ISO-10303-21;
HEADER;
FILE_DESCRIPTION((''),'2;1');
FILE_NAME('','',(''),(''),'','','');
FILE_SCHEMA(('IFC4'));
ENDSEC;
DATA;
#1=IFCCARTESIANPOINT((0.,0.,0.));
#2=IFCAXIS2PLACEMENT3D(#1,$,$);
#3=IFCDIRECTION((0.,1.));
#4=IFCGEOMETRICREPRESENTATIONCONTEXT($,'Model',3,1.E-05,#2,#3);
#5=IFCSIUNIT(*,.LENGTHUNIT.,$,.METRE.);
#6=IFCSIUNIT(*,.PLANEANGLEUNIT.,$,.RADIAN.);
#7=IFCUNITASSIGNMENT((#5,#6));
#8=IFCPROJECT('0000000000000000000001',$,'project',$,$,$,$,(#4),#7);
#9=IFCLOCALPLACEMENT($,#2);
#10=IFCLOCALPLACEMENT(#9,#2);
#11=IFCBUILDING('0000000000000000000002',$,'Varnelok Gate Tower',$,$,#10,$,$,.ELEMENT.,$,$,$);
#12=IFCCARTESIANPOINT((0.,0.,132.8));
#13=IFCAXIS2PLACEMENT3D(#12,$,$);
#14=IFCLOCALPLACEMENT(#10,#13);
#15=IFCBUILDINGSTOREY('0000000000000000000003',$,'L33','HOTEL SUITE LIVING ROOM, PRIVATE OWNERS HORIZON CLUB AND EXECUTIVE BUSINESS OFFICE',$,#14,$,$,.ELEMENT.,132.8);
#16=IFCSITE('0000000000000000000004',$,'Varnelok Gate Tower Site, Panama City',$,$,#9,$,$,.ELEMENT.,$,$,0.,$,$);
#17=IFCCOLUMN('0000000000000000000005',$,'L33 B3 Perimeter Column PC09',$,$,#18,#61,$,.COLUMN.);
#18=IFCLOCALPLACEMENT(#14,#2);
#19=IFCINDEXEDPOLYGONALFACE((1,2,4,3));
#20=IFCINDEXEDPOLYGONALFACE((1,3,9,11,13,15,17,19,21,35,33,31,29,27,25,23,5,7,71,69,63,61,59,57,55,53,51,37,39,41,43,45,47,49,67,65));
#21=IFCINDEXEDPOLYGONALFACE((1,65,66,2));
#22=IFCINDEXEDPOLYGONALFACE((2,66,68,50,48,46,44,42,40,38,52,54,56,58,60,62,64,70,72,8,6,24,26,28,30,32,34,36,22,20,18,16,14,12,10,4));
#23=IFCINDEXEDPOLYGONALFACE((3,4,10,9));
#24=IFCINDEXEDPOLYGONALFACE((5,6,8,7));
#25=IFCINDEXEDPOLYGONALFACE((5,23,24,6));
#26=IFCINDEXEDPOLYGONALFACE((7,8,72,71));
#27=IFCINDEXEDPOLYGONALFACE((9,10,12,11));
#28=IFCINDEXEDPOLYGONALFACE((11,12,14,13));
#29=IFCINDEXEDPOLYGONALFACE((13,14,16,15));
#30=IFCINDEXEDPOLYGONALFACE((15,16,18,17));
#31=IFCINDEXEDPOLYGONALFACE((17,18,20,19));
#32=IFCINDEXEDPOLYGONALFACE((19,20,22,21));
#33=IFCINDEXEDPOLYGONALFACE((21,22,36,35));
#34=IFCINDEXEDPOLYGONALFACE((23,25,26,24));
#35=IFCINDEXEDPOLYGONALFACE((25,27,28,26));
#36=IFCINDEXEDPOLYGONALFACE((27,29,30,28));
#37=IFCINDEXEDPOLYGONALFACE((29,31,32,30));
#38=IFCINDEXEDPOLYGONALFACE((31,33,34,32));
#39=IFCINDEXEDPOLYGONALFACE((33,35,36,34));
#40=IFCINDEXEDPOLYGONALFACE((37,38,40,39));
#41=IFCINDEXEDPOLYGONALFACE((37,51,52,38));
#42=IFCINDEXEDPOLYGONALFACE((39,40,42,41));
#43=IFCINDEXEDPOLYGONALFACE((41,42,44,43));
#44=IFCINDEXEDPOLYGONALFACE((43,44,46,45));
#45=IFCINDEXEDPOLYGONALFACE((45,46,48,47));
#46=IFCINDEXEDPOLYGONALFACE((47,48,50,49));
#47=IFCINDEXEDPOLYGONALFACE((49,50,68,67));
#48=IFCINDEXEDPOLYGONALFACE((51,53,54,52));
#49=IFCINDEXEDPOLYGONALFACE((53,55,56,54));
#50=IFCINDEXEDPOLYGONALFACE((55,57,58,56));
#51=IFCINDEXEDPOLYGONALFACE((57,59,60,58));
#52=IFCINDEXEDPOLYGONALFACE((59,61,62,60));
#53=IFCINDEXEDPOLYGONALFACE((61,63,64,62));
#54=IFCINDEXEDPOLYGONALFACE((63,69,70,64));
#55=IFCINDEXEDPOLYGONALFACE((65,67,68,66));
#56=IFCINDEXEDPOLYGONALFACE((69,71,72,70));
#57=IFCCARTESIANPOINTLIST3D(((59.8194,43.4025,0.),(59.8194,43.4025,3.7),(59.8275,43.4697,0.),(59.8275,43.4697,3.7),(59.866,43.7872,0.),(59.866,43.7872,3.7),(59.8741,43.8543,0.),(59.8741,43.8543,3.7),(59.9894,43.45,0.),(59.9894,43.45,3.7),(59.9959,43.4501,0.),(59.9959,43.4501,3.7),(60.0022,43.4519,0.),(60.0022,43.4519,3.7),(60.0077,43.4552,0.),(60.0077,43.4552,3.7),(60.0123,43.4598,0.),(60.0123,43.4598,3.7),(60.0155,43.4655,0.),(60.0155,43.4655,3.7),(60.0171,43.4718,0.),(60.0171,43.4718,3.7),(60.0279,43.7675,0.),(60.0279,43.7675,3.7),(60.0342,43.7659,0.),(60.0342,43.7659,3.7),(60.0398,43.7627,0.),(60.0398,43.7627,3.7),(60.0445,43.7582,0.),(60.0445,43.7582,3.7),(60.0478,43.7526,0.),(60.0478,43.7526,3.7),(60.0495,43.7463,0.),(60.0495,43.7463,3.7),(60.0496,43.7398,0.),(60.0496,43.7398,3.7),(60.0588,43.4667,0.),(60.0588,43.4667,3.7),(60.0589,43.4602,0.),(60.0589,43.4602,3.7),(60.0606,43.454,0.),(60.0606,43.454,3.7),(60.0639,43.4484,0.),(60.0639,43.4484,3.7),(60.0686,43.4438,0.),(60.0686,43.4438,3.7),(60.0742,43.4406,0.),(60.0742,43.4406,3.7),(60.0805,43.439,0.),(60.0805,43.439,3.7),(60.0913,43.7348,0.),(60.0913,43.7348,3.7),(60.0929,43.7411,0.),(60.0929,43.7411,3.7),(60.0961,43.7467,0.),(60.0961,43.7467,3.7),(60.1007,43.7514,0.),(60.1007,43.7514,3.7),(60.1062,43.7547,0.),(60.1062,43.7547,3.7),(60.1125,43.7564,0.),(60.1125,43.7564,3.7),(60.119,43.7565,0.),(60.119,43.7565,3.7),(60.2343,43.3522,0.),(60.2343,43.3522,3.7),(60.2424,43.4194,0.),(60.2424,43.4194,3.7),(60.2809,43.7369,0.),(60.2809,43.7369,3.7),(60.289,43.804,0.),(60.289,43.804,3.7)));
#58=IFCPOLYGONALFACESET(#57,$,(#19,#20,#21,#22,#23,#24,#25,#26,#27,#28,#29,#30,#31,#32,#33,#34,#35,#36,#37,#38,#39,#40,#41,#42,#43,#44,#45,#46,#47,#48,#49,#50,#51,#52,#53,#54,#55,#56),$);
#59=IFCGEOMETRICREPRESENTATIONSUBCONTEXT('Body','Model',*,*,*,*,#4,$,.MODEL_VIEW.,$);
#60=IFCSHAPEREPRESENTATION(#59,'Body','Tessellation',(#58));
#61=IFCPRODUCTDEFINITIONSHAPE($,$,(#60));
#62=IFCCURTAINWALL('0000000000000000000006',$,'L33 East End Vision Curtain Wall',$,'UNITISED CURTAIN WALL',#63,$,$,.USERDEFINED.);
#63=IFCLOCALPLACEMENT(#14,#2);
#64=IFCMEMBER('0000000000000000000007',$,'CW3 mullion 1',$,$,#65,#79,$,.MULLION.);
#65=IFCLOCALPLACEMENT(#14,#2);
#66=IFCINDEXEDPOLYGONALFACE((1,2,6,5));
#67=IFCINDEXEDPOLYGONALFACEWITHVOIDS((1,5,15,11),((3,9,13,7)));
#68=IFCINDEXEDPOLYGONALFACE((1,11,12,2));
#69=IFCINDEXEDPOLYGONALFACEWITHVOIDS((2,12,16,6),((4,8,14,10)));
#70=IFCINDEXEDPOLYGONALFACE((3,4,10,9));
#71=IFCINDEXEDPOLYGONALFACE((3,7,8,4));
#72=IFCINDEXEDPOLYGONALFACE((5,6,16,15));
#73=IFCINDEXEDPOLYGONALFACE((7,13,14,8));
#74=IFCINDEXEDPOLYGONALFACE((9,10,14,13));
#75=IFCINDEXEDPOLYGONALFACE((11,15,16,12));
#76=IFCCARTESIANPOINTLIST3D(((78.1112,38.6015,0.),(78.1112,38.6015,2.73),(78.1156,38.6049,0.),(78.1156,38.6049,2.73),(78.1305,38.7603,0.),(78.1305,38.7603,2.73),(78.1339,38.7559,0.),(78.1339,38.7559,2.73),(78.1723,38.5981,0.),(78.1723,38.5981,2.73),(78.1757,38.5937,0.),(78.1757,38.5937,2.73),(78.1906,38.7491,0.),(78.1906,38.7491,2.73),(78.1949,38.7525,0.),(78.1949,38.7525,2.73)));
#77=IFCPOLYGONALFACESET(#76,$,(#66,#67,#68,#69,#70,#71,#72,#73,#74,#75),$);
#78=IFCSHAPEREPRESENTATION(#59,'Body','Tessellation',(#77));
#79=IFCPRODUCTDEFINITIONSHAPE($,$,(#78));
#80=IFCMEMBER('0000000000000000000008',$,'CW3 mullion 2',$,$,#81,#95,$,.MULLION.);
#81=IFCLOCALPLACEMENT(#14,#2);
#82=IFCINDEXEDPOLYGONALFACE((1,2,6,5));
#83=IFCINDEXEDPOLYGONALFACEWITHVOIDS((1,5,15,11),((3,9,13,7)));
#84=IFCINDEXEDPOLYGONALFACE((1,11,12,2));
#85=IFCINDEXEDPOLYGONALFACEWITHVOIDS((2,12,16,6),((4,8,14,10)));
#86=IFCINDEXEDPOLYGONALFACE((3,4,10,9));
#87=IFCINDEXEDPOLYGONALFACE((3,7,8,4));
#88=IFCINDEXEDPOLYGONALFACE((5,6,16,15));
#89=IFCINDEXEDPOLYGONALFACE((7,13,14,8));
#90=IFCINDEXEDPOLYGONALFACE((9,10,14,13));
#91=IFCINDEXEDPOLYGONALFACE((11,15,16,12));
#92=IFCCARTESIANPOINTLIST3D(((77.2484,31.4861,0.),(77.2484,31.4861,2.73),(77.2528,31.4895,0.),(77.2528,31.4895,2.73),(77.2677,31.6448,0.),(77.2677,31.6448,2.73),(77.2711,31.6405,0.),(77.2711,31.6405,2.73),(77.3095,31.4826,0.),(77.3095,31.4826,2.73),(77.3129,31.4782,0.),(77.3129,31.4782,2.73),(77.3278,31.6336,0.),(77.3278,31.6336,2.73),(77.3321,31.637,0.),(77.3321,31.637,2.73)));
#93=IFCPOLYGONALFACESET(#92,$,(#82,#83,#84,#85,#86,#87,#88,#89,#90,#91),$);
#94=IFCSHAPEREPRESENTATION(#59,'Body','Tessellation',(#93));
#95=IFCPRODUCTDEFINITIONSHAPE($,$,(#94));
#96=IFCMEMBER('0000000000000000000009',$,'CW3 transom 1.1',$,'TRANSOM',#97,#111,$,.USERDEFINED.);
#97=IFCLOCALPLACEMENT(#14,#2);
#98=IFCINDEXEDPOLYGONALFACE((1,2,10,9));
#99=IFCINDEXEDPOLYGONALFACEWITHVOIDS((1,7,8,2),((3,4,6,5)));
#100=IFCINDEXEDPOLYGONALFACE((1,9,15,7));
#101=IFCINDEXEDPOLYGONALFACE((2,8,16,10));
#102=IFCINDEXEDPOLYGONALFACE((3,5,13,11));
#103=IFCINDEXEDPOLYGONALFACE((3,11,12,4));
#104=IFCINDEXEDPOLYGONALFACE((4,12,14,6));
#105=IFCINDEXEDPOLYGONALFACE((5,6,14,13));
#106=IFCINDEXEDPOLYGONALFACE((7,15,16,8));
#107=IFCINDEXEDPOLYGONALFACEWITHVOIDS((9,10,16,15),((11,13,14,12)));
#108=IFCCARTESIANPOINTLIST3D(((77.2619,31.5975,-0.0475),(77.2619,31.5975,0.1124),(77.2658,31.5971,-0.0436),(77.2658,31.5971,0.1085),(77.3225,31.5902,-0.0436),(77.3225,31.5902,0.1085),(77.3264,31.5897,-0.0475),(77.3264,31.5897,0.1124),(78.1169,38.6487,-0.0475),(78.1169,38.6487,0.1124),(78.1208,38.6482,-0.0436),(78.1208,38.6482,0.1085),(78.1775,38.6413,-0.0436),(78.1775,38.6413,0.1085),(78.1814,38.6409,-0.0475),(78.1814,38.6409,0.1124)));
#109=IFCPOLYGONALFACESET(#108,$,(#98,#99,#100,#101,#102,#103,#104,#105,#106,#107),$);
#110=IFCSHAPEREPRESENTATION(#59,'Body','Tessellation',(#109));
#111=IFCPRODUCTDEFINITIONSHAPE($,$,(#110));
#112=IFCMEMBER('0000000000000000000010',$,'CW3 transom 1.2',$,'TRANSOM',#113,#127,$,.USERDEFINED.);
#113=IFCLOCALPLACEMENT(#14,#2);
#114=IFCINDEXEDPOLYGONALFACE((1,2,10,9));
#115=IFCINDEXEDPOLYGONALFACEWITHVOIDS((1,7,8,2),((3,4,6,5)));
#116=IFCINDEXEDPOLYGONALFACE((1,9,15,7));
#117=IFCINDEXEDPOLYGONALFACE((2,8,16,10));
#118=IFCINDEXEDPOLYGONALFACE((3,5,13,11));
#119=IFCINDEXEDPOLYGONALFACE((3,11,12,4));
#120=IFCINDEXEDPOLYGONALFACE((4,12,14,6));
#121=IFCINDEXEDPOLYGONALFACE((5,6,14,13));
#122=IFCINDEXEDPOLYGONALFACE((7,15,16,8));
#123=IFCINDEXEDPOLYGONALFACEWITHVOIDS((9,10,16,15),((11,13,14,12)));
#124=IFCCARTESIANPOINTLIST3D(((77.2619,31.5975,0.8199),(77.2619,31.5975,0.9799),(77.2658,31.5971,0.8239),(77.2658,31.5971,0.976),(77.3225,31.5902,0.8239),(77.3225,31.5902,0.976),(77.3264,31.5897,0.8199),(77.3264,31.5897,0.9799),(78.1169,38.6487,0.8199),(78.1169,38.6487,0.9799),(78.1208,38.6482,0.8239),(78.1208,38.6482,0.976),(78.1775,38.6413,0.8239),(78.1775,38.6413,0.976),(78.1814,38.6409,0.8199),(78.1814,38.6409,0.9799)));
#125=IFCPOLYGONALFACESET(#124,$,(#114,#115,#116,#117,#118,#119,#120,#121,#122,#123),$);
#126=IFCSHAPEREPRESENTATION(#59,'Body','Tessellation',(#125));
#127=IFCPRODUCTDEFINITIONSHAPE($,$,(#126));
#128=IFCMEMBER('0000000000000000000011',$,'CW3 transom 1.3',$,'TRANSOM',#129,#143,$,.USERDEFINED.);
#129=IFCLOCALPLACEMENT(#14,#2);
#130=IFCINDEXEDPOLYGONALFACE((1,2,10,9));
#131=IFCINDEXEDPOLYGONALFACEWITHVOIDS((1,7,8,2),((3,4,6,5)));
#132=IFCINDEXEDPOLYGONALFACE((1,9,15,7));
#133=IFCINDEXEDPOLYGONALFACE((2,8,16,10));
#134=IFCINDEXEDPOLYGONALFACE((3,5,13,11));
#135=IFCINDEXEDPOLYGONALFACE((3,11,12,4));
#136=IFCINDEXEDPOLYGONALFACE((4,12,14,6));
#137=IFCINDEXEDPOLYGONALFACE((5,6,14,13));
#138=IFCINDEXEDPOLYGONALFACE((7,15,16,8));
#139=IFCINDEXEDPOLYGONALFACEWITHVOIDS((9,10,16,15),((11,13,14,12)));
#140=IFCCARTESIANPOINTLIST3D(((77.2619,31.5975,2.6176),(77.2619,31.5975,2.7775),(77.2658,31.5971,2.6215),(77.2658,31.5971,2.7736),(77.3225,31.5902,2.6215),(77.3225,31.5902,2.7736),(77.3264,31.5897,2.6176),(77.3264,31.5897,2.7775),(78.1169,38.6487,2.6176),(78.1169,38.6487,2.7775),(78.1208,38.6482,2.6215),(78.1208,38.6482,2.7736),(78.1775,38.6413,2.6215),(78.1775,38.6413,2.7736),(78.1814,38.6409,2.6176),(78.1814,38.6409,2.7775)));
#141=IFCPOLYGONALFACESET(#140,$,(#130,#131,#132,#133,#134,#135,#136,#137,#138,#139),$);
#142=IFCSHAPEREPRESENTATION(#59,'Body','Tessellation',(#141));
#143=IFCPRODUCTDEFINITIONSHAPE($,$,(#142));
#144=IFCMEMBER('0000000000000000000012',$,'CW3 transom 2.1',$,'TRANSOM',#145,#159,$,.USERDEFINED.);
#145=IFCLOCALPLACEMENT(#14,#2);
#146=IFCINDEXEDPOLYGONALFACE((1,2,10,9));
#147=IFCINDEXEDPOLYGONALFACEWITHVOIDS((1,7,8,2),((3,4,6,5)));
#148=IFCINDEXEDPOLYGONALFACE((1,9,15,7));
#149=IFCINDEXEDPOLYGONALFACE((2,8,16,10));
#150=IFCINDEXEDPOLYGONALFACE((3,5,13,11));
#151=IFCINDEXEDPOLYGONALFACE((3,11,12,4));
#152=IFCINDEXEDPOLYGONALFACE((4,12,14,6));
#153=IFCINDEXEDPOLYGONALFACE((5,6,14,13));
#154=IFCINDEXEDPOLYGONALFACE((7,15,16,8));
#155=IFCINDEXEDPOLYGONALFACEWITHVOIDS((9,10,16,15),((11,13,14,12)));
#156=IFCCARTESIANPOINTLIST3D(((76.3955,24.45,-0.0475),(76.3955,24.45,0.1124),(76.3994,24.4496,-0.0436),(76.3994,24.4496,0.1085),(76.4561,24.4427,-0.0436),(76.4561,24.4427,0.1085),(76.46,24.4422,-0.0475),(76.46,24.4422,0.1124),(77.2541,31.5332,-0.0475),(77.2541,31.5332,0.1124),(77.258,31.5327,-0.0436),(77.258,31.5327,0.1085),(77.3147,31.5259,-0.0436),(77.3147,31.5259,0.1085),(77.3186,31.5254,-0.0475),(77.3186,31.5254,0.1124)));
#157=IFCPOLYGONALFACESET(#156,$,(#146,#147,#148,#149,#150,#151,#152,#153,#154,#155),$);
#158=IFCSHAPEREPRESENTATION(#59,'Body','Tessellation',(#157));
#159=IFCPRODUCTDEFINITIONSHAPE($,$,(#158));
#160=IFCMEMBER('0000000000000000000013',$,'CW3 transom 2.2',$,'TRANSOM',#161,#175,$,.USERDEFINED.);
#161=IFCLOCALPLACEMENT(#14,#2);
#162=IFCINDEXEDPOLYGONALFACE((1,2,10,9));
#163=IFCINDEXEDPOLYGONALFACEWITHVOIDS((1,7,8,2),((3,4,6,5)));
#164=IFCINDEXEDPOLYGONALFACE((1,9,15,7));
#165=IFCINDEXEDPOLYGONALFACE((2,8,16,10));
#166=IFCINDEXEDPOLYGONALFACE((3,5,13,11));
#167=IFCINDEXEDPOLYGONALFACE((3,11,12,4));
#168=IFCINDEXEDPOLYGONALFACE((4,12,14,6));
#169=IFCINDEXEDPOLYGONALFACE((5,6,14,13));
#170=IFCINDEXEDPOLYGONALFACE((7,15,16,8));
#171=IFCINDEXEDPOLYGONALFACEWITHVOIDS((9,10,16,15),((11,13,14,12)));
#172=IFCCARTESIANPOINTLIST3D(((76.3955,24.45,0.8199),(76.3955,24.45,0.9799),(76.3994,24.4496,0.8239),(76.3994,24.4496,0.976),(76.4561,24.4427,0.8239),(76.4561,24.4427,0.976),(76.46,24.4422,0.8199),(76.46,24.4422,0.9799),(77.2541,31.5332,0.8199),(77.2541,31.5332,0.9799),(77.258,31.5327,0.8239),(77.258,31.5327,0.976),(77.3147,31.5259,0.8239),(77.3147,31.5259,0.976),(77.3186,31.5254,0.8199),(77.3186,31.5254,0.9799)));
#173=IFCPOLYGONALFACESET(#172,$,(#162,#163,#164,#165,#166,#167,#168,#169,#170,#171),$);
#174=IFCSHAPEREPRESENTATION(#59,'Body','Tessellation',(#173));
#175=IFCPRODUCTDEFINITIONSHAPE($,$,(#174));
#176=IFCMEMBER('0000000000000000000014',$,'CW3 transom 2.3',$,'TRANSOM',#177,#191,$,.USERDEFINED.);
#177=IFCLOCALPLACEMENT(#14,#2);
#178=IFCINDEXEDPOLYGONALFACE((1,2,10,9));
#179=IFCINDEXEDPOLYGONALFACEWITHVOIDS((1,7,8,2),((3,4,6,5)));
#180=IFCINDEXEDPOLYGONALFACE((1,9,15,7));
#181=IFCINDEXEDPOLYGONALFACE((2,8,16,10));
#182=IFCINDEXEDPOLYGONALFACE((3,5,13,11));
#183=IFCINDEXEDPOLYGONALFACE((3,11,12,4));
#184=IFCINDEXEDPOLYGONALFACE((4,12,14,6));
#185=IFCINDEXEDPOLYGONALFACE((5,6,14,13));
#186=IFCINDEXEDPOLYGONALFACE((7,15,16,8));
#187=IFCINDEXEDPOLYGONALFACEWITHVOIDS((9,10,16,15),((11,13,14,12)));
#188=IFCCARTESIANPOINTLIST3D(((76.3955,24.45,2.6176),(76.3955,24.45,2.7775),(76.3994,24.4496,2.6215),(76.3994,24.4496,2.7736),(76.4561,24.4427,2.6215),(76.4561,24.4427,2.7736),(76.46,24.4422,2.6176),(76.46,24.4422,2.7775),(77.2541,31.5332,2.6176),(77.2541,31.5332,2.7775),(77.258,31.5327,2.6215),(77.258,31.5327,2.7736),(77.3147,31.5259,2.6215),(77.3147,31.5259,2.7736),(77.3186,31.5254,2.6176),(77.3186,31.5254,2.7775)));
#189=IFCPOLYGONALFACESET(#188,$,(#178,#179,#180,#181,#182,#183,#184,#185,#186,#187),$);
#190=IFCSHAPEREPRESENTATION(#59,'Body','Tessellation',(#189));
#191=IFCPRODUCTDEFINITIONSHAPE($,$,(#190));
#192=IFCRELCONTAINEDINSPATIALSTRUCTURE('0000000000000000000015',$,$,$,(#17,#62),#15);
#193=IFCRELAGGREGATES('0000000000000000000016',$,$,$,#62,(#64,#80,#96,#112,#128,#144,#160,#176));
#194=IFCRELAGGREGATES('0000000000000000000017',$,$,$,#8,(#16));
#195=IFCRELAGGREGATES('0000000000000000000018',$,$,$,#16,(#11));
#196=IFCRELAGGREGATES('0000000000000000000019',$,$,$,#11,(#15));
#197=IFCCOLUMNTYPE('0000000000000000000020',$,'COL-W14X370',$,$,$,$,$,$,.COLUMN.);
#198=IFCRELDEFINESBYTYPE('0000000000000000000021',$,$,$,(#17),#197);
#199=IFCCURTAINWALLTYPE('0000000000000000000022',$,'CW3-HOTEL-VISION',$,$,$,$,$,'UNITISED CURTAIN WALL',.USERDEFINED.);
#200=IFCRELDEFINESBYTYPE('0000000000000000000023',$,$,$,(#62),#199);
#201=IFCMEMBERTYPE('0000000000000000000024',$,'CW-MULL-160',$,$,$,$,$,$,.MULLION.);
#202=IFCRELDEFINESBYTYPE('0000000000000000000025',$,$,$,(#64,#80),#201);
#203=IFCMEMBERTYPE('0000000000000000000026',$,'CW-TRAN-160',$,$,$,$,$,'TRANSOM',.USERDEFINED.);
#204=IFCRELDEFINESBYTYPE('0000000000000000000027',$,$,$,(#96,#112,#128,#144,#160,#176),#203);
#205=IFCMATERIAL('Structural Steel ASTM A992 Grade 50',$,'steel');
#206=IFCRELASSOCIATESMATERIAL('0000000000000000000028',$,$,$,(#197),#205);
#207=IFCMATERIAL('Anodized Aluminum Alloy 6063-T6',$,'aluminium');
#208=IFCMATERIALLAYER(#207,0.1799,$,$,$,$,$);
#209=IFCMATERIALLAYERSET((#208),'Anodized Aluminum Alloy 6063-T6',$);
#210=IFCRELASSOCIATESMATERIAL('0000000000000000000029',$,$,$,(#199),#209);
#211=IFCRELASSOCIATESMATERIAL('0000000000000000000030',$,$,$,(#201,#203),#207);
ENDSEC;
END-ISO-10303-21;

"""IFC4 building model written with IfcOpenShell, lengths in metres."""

from ifc_helpers import new_model, si_unit, direction, frame, origin, origin_2d, place, context, subcontext, project, spatial, hollow_rectangle, i_section, extrude, material, layer, layer_set, material_profile, profile_set, type_object, element, aggregate, save


model = new_model("IFC4")

# Units and contexts
model_context = context("Model", 3, precision=1e-05, world=origin(), true_north=direction((0.0, 1.0)))
body_context = subcontext(model_context, "Body", "Model", "MODEL_VIEW")
ifc_project = project(units=[si_unit("LENGTHUNIT", "METRE"), si_unit("PLANEANGLEUNIT", "RADIAN")], contexts=[model_context])

# Site, building, storey
site_placement = place(None, origin())
site = spatial("IfcSite", under=ifc_project, at=site_placement, Name="Varnelok Gate Tower Site, Panama City", CompositionType="ELEMENT", RefElevation=0.0)
building_placement = place(site_placement, origin())
building = spatial("IfcBuilding", under=site, at=building_placement, Name="Varnelok Gate Tower", CompositionType="ELEMENT")
storey_placement = place(building_placement, frame((0.0, 0.0, 132.8)))
storey = spatial("IfcBuildingStorey", under=building, at=storey_placement, Name="L33", Description="HOTEL SUITE LIVING ROOM, PRIVATE OWNERS HORIZON CLUB AND EXECUTIVE BUSINESS OFFICE", CompositionType="ELEMENT", Elevation=132.8)

# Column
ifc_material_1 = material(Name="Structural Steel ASTM A992 Grade 50", Category="steel")
ifc_material_profile_1 = material_profile(ifc_material_1, i_section(OverallWidth=0.418, OverallDepth=0.4551, WebThickness=0.042, FlangeThickness=0.0676, FilletRadius=0.0249, at=origin_2d()), Name="W14X370")
ifc_profile_set_1 = profile_set([ifc_material_profile_1], Name="Structural Steel ASTM A992 Grade 50")
column_type = type_object("IfcColumnType", Name="COL-W14X370", PredefinedType="COLUMN", material=ifc_profile_set_1)
column_placement = place(storey_placement, frame((60.0542, 43.6033, 0.0), z_axis=(0.0, 0.0, 1.0), x_axis=(0.992732, -0.120345, 0.0)))
element("IfcColumn", 1, at=column_placement, inside=storey, type_object=column_type, Name="L33 B3 Perimeter Column PC09", PredefinedType="COLUMN", context=body_context, shape_type="SweptSolid", body=[
    extrude(i_section(OverallWidth=0.418, OverallDepth=0.4551, WebThickness=0.042, FlangeThickness=0.0676, FilletRadius=0.0249, at=origin_2d()), origin(), (0.0, 0.0, 1.0), 3.7),
])

# Curtain wall, members
ifc_material_2 = material(Name="Anodized Aluminum Alloy 6063-T6", Category="aluminium")
ifc_layer_1 = layer(ifc_material_2, 0.1799)
ifc_layer_set_1 = layer_set([ifc_layer_1], Name="Anodized Aluminum Alloy 6063-T6")
curtain_wall_type = type_object("IfcCurtainWallType", Name="CW3-HOTEL-VISION", ElementType="UNITISED CURTAIN WALL", PredefinedType="USERDEFINED", material=ifc_layer_set_1)
curtain_wall_placement = place(storey_placement, origin())
curtain_wall = element("IfcCurtainWall", 2, at=curtain_wall_placement, inside=storey, type_object=curtain_wall_type, Name="L33 East End Vision Curtain Wall", ObjectType="UNITISED CURTAIN WALL", PredefinedType="USERDEFINED")
ifc_material_profile_2 = material_profile(ifc_material_2, hollow_rectangle(XDim=0.0649, YDim=0.1599, WallThickness=0.0039, at=origin_2d()), Name="ALU160X65X4")
ifc_profile_set_2 = profile_set([ifc_material_profile_2], Name="Anodized Aluminum Alloy 6063-T6")
member_type_1 = type_object("IfcMemberType", Name="CW-MULL-160", PredefinedType="MULLION", material=ifc_profile_set_2)
member_1_placement = place(storey_placement, frame((78.1531, 38.677, 0.0), z_axis=(0.0, 0.0, 1.0), x_axis=(0.992732, -0.120347, 0.0)))
member_1 = element("IfcMember", 3, at=member_1_placement, type_object=member_type_1, Name="CW3 mullion 1", PredefinedType="MULLION", context=body_context, shape_type="SweptSolid", body=[
    extrude(hollow_rectangle(XDim=0.0649, YDim=0.1599, WallThickness=0.0039, at=origin_2d()), origin(), (0.0, 0.0, 1.0), 2.73),
])
member_2_placement = place(storey_placement, frame((77.2903, 31.5615, 0.0), z_axis=(0.0, 0.0, 1.0), x_axis=(0.992732, -0.120347, 0.0)))
member_2 = element("IfcMember", 4, at=member_2_placement, type_object=member_type_1, Name="CW3 mullion 2", PredefinedType="MULLION", context=body_context, shape_type="SweptSolid", body=[
    extrude(hollow_rectangle(XDim=0.0649, YDim=0.1599, WallThickness=0.0039, at=origin_2d()), origin(), (0.0, 0.0, 1.0), 2.73),
])
ifc_material_profile_3 = material_profile(ifc_material_2, hollow_rectangle(XDim=0.0649, YDim=0.1599, WallThickness=0.0039, at=origin_2d()), Name="ALU160X65X4")
ifc_profile_set_3 = profile_set([ifc_material_profile_3], Name="Anodized Aluminum Alloy 6063-T6")
member_type_2 = type_object("IfcMemberType", Name="CW-TRAN-160", ElementType="TRANSOM", PredefinedType="USERDEFINED", material=ifc_profile_set_3)
member_3_placement = place(storey_placement, frame((78.1492, 38.6448, 0.0325), z_axis=(-0.120374, -0.992729, 0.0), x_axis=(0.992729, -0.120374, 0.0)))
member_3 = element("IfcMember", 5, at=member_3_placement, type_object=member_type_2, Name="CW3 transom 1.1", ObjectType="TRANSOM", PredefinedType="USERDEFINED", context=body_context, shape_type="SweptSolid", body=[
    extrude(hollow_rectangle(XDim=0.0649, YDim=0.1599, WallThickness=0.0039, at=origin_2d()), origin(), (0.0, 0.0, 1.0), 7.1028),
])
member_4_placement = place(storey_placement, frame((78.1492, 38.6448, 0.8999), z_axis=(-0.120374, -0.992729, 0.0), x_axis=(0.992729, -0.120374, 0.0)))
member_4 = element("IfcMember", 6, at=member_4_placement, type_object=member_type_2, Name="CW3 transom 1.2", ObjectType="TRANSOM", PredefinedType="USERDEFINED", context=body_context, shape_type="SweptSolid", body=[
    extrude(hollow_rectangle(XDim=0.0649, YDim=0.1599, WallThickness=0.0039, at=origin_2d()), origin(), (0.0, 0.0, 1.0), 7.1028),
])
member_5_placement = place(storey_placement, frame((78.1492, 38.6448, 2.6975), z_axis=(-0.120374, -0.992729, 0.0), x_axis=(0.992729, -0.120374, 0.0)))
member_5 = element("IfcMember", 7, at=member_5_placement, type_object=member_type_2, Name="CW3 transom 1.3", ObjectType="TRANSOM", PredefinedType="USERDEFINED", context=body_context, shape_type="SweptSolid", body=[
    extrude(hollow_rectangle(XDim=0.0649, YDim=0.1599, WallThickness=0.0039, at=origin_2d()), origin(), (0.0, 0.0, 1.0), 7.1028),
])
member_6_placement = place(storey_placement, frame((77.2864, 31.5293, 0.0325), z_axis=(-0.120341, -0.992733, 0.0), x_axis=(0.992733, -0.120341, 0.0)))
member_6 = element("IfcMember", 8, at=member_6_placement, type_object=member_type_2, Name="CW3 transom 2.1", ObjectType="TRANSOM", PredefinedType="USERDEFINED", context=body_context, shape_type="SweptSolid", body=[
    extrude(hollow_rectangle(XDim=0.0649, YDim=0.1599, WallThickness=0.0039, at=origin_2d()), origin(), (0.0, 0.0, 1.0), 7.135),
])
member_7_placement = place(storey_placement, frame((77.2864, 31.5293, 0.8999), z_axis=(-0.120341, -0.992733, 0.0), x_axis=(0.992733, -0.120341, 0.0)))
member_7 = element("IfcMember", 9, at=member_7_placement, type_object=member_type_2, Name="CW3 transom 2.2", ObjectType="TRANSOM", PredefinedType="USERDEFINED", context=body_context, shape_type="SweptSolid", body=[
    extrude(hollow_rectangle(XDim=0.0649, YDim=0.1599, WallThickness=0.0039, at=origin_2d()), origin(), (0.0, 0.0, 1.0), 7.135),
])
member_8_placement = place(storey_placement, frame((77.2864, 31.5293, 2.6975), z_axis=(-0.120341, -0.992733, 0.0), x_axis=(0.992733, -0.120341, 0.0)))
member_8 = element("IfcMember", 10, at=member_8_placement, type_object=member_type_2, Name="CW3 transom 2.3", ObjectType="TRANSOM", PredefinedType="USERDEFINED", context=body_context, shape_type="SweptSolid", body=[
    extrude(hollow_rectangle(XDim=0.0649, YDim=0.1599, WallThickness=0.0039, at=origin_2d()), origin(), (0.0, 0.0, 1.0), 7.135),
])
aggregate(curtain_wall, [member_1, member_2, member_3, member_4, member_5, member_6, member_7, member_8])

save(model, "model.ifc")
